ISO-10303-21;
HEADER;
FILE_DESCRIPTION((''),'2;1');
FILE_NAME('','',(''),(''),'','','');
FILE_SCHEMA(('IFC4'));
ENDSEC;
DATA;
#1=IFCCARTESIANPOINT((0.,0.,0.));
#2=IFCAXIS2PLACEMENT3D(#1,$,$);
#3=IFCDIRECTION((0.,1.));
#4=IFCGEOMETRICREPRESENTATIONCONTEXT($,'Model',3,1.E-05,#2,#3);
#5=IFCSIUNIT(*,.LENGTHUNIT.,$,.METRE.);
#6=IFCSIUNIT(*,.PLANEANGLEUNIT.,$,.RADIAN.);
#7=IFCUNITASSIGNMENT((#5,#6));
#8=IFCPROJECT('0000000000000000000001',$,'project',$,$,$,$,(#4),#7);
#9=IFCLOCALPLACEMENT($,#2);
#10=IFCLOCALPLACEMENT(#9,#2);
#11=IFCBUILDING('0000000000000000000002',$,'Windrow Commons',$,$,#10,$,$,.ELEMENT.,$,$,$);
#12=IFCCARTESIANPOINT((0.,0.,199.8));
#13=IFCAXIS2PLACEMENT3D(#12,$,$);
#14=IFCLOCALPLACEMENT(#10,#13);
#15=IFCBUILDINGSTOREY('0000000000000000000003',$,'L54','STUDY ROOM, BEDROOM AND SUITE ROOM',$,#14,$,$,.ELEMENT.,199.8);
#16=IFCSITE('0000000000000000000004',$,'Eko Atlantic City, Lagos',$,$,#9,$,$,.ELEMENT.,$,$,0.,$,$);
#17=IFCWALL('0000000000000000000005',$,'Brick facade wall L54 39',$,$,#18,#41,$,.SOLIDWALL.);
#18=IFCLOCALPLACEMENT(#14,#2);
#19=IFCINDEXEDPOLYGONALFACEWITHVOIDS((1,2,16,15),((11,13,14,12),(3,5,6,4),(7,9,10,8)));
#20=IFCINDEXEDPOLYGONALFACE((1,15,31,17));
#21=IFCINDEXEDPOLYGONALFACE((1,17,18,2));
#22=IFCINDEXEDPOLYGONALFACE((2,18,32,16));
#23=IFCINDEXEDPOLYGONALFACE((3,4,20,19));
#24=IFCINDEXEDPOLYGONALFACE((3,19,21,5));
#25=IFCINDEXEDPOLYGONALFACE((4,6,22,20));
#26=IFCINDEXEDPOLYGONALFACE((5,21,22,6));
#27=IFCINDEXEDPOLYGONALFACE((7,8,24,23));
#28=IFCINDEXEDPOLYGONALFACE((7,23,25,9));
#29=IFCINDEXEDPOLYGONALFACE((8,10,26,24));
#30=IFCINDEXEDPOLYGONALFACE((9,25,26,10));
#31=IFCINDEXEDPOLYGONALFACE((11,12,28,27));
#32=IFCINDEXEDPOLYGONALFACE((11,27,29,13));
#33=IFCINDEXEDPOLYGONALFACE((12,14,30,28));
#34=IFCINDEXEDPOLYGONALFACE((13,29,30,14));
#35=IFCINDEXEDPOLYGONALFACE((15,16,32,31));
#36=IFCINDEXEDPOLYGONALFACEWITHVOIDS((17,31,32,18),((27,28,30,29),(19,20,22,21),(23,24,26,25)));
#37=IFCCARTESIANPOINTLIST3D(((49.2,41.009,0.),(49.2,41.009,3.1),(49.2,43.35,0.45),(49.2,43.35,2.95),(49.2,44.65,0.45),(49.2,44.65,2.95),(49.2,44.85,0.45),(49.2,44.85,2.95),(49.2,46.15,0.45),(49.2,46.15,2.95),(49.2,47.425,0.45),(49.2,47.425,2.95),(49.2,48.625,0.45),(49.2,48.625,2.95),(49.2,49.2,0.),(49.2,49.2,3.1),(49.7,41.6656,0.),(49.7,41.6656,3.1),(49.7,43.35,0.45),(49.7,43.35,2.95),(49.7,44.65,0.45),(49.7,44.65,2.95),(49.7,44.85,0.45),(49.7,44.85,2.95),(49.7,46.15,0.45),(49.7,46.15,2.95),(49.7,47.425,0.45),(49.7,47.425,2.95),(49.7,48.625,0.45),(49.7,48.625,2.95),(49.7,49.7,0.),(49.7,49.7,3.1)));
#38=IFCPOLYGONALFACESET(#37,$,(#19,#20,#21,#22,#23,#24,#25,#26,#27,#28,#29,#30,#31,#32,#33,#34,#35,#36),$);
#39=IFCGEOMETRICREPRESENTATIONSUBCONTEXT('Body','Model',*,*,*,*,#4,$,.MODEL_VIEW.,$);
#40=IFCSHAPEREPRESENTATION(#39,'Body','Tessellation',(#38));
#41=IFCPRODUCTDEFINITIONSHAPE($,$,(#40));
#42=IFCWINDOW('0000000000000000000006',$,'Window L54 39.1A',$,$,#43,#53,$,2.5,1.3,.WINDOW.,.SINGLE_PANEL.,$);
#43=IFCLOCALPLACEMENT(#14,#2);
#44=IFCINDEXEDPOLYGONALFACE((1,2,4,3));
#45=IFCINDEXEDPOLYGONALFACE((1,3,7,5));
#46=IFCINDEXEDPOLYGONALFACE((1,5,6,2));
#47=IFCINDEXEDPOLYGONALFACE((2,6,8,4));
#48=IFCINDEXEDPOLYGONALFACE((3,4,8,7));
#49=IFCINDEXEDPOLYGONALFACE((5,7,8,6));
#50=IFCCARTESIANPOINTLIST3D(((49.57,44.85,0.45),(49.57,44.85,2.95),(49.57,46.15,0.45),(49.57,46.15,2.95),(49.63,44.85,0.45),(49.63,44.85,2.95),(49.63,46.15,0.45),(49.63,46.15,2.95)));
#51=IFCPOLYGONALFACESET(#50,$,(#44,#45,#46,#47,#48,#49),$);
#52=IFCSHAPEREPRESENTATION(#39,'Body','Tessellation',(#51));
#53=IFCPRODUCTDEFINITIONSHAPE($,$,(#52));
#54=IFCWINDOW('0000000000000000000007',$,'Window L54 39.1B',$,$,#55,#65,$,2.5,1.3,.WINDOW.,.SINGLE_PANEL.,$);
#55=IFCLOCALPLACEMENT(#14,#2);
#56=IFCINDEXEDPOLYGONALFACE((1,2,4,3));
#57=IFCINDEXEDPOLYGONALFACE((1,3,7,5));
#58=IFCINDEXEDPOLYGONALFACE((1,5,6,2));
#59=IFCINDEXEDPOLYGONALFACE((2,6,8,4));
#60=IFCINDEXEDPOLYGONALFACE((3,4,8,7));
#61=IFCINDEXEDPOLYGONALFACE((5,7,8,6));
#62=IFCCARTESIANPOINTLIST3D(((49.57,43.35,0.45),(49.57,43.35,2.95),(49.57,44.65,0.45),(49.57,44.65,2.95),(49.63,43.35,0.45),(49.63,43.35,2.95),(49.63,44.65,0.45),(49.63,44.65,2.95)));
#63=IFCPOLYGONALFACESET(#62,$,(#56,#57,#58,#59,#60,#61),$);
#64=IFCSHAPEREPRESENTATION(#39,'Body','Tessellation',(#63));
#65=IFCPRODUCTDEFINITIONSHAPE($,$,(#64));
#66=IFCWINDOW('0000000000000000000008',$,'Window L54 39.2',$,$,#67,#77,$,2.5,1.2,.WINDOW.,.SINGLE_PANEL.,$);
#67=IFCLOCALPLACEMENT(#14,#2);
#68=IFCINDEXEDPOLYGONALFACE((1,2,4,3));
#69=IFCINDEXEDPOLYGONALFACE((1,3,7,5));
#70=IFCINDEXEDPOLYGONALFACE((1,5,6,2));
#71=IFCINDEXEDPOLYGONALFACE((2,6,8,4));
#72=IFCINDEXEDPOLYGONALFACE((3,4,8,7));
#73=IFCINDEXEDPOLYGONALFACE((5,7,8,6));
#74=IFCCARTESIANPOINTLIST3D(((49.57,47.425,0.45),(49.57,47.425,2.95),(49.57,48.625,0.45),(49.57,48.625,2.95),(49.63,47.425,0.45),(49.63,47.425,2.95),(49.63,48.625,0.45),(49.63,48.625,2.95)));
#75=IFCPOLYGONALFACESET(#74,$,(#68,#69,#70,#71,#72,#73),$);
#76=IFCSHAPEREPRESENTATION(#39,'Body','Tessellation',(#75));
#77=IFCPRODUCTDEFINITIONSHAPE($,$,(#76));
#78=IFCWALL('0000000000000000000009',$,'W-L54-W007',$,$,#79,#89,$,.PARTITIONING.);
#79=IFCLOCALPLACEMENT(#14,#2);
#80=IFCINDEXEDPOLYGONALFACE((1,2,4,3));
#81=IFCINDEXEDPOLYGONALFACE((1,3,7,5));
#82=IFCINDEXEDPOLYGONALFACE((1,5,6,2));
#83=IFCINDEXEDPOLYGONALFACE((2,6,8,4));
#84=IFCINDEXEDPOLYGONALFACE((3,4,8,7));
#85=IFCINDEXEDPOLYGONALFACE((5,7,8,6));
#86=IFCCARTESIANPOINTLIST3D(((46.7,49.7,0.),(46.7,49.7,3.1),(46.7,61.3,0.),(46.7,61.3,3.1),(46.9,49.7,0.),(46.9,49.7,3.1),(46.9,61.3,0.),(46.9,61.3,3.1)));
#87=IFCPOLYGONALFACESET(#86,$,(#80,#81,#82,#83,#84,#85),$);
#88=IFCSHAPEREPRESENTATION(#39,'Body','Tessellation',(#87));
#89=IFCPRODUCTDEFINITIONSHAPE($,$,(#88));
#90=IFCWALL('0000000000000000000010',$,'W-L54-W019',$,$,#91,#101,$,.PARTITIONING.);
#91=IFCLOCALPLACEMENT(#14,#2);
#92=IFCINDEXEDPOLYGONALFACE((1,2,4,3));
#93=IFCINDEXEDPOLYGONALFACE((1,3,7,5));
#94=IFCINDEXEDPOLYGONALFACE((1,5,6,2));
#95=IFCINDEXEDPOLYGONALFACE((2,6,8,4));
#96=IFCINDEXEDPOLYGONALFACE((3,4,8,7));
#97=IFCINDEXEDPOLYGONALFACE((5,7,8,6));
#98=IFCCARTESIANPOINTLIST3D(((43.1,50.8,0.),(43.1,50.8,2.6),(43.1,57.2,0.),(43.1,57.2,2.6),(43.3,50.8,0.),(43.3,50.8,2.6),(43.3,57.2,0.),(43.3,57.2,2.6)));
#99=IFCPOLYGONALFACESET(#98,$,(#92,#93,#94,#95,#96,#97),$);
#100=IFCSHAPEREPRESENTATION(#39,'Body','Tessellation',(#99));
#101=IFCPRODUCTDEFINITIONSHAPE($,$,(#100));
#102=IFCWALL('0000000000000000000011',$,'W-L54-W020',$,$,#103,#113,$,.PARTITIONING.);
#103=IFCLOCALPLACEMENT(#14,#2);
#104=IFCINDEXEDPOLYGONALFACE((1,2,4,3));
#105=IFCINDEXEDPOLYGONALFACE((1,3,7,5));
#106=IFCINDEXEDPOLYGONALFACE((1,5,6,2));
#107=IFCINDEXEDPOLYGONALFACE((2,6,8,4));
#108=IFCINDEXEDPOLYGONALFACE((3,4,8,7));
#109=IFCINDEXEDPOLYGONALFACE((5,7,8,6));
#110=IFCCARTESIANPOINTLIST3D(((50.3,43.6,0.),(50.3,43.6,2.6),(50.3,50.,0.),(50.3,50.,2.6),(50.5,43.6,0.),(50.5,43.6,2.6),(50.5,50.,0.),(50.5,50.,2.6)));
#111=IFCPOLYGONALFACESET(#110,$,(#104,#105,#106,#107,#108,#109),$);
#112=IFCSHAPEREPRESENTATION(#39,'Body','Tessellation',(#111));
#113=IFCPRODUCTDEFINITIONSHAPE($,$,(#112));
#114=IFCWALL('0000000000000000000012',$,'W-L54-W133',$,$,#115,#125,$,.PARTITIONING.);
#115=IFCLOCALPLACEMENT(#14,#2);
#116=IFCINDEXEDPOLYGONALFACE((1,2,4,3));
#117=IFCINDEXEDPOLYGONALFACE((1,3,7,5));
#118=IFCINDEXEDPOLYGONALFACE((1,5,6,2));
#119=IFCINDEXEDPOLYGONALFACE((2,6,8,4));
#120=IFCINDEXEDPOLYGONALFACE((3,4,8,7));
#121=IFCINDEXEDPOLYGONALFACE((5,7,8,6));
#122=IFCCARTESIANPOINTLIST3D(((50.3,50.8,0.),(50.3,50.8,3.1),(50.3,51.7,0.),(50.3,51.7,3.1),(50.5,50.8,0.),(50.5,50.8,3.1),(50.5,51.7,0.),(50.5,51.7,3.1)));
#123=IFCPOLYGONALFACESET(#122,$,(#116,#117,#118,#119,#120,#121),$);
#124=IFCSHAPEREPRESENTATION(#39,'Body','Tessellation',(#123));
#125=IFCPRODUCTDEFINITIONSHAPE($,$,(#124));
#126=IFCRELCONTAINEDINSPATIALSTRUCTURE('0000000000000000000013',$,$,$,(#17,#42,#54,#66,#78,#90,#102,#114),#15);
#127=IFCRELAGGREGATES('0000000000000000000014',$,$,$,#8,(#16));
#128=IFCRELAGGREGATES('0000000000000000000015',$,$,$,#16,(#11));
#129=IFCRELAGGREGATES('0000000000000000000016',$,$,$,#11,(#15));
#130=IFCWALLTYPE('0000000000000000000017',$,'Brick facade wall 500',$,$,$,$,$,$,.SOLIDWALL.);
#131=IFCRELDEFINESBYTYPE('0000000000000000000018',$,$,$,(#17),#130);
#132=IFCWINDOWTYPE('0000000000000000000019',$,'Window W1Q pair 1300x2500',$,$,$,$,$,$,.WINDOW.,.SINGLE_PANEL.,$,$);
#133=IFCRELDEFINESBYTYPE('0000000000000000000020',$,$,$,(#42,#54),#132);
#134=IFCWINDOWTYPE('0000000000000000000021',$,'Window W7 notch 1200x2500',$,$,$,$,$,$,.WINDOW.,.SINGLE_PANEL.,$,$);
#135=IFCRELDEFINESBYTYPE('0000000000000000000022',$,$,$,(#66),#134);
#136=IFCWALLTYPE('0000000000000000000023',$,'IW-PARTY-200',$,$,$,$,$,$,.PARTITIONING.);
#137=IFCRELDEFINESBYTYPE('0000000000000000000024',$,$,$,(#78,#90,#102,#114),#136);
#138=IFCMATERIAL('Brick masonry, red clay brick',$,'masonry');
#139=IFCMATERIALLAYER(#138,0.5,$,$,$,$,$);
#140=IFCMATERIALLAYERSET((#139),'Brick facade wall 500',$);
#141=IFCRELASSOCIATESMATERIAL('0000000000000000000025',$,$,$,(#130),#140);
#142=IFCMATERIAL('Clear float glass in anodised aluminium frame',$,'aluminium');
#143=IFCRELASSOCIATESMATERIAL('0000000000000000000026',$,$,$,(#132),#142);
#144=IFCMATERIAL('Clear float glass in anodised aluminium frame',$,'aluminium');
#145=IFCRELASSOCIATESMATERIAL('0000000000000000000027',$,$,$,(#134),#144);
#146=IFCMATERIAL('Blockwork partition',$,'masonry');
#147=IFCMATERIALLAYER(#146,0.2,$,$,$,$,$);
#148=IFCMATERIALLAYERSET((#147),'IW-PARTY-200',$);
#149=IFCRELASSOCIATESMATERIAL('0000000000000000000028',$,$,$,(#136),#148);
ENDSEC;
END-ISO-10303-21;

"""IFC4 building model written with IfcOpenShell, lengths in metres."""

from ifc_helpers import new_model, si_unit, direction, frame, frame_2d, origin, place, context, subcontext, project, spatial, polyline, rectangle, outline, extrude, material, layer, layer_set, type_object, element, fill, save


model = new_model("IFC4")

# Units and contexts
model_context = context("Model", 3, precision=1e-05, world=origin(), true_north=direction((0.0, 1.0)))
body_context = subcontext(model_context, "Body", "Model", "MODEL_VIEW")
ifc_project = project(units=[si_unit("LENGTHUNIT", "METRE"), si_unit("PLANEANGLEUNIT", "RADIAN")], contexts=[model_context])

# Site, building, storey
site_placement = place(None, origin())
site = spatial("IfcSite", under=ifc_project, at=site_placement, Name="Eko Atlantic City, Lagos", CompositionType="ELEMENT", RefElevation=0.0)
building_placement = place(site_placement, origin())
building = spatial("IfcBuilding", under=site, at=building_placement, Name="Windrow Commons", CompositionType="ELEMENT")
storey_placement = place(building_placement, frame((0.0, 0.0, 199.8)))
storey = spatial("IfcBuildingStorey", under=building, at=storey_placement, Name="L54", Description="STUDY ROOM, BEDROOM AND SUITE ROOM", CompositionType="ELEMENT", Elevation=199.8)

# Wall, openings, windows
ifc_material_1 = material(Name="Brick masonry, red clay brick", Category="masonry")
ifc_layer_1 = layer(ifc_material_1, 0.5)
ifc_layer_set_1 = layer_set([ifc_layer_1], Name="Brick facade wall 500")
wall_type_1 = type_object("IfcWallType", Name="Brick facade wall 500", PredefinedType="SOLIDWALL", material=ifc_layer_set_1)
ifc_material_2 = material(Name="Clear float glass in anodised aluminium frame", Category="aluminium")
window_type_1 = type_object("IfcWindowType", Name="Window W1Q pair 1300x2500", PartitioningType="SINGLE_PANEL", PredefinedType="WINDOW", material=ifc_material_2)
ifc_material_3 = material(Name="Clear float glass in anodised aluminium frame", Category="aluminium")
window_type_2 = type_object("IfcWindowType", Name="Window W7 notch 1200x2500", PartitioningType="SINGLE_PANEL", PredefinedType="WINDOW", material=ifc_material_3)
wall_1_placement = place(storey_placement, frame((49.45, 49.45, 0.0), z_axis=(0.0, 0.0, 1.0), x_axis=(0.0, -1.0, 0.0)))
wall_1 = element("IfcWall", 1, at=wall_1_placement, inside=storey, type_object=wall_type_1, Name="Brick facade wall L54 39", PredefinedType="SOLIDWALL", context=body_context, shape_type="SweptSolid", body=[
    extrude(outline(polyline([(0.25, -0.25), (8.441, -0.25), (7.7844, 0.25), (-0.25, 0.25), (0.25, -0.25)])), origin(), (0.0, 0.0, 1.0), 3.1),
])
opening_1_placement = place(wall_1_placement, frame((3.3, 0.0, 0.45)))
opening_1 = element("IfcOpeningElement", 2, at=opening_1_placement, cuts=wall_1, PredefinedType="OPENING", context=body_context, shape_type="SweptSolid", body=[
    extrude(rectangle(XDim=1.3, YDim=2.5, at=frame_2d((0.65, 1.25))), frame((0.0, 0.26, 0.0), z_axis=(0.0, -1.0, 0.0), x_axis=(1.0, 0.0, 0.0)), (0.0, 0.0, 1.0), 0.52),
])
opening_2_placement = place(wall_1_placement, frame((4.8, 0.0, 0.45)))
opening_2 = element("IfcOpeningElement", 3, at=opening_2_placement, cuts=wall_1, PredefinedType="OPENING", context=body_context, shape_type="SweptSolid", body=[
    extrude(rectangle(XDim=1.3, YDim=2.5, at=frame_2d((0.65, 1.25))), frame((0.0, 0.26, 0.0), z_axis=(0.0, -1.0, 0.0), x_axis=(1.0, 0.0, 0.0)), (0.0, 0.0, 1.0), 0.52),
])
opening_3_placement = place(wall_1_placement, frame((0.825, 0.0, 0.45)))
opening_3 = element("IfcOpeningElement", 4, at=opening_3_placement, cuts=wall_1, PredefinedType="OPENING", context=body_context, shape_type="SweptSolid", body=[
    extrude(rectangle(XDim=1.2, YDim=2.5, at=frame_2d((0.6, 1.25))), frame((0.0, 0.26, 0.0), z_axis=(0.0, -1.0, 0.0), x_axis=(1.0, 0.0, 0.0)), (0.0, 0.0, 1.0), 0.52),
])
window_1_placement = place(opening_1_placement, origin())
window_1 = element("IfcWindow", 5, at=window_1_placement, inside=storey, type_object=window_type_1, Name="Window L54 39.1A", OverallHeight=2.5, OverallWidth=1.3, PartitioningType="SINGLE_PANEL", PredefinedType="WINDOW", context=body_context, shape_type="SweptSolid", body=[
    extrude(rectangle(XDim=1.3, YDim=2.5, at=frame_2d((0.65, 1.25))), frame((0.0, 0.18, 0.0), z_axis=(0.0, -1.0, 0.0), x_axis=(1.0, 0.0, 0.0)), (0.0, 0.0, 1.0), 0.06),
])
fill(opening_1, window_1)
window_2_placement = place(opening_2_placement, origin())
window_2 = element("IfcWindow", 6, at=window_2_placement, inside=storey, type_object=window_type_1, Name="Window L54 39.1B", OverallHeight=2.5, OverallWidth=1.3, PartitioningType="SINGLE_PANEL", PredefinedType="WINDOW", context=body_context, shape_type="SweptSolid", body=[
    extrude(rectangle(XDim=1.3, YDim=2.5, at=frame_2d((0.65, 1.25))), frame((0.0, 0.18, 0.0), z_axis=(0.0, -1.0, 0.0), x_axis=(1.0, 0.0, 0.0)), (0.0, 0.0, 1.0), 0.06),
])
fill(opening_2, window_2)
window_3_placement = place(opening_3_placement, origin())
window_3 = element("IfcWindow", 7, at=window_3_placement, inside=storey, type_object=window_type_2, Name="Window L54 39.2", OverallHeight=2.5, OverallWidth=1.2, PartitioningType="SINGLE_PANEL", PredefinedType="WINDOW", context=body_context, shape_type="SweptSolid", body=[
    extrude(rectangle(XDim=1.2, YDim=2.5, at=frame_2d((0.6, 1.25))), frame((0.0, 0.18, 0.0), z_axis=(0.0, -1.0, 0.0), x_axis=(1.0, 0.0, 0.0)), (0.0, 0.0, 1.0), 0.06),
])
fill(opening_3, window_3)

# Walls
ifc_material_4 = material(Name="Blockwork partition", Category="masonry")
ifc_layer_2 = layer(ifc_material_4, 0.2)
ifc_layer_set_2 = layer_set([ifc_layer_2], Name="IW-PARTY-200")
wall_type_2 = type_object("IfcWallType", Name="IW-PARTY-200", PredefinedType="PARTITIONING", material=ifc_layer_set_2)
wall_2_placement = place(storey_placement, frame((46.8, 49.7, 0.0), z_axis=(0.0, 0.0, 1.0), x_axis=(0.0, 1.0, 0.0)))
element("IfcWall", 8, at=wall_2_placement, inside=storey, type_object=wall_type_2, Name="W-L54-W007", PredefinedType="PARTITIONING", context=body_context, shape_type="SweptSolid", body=[
    extrude(rectangle(XDim=11.6, YDim=0.2, at=frame_2d((5.8, 0.0))), origin(), (0.0, 0.0, 1.0), 3.1),
])
for number, where, z_axis, x_axis, name in (
    (9, (43.2, 50.8, 0.0), (0.0, 0.0, 1.0), (0.0, 1.0, 0.0), "W-L54-W019"),
    (10, (50.4, 43.6, 0.0), (0.0, 0.0, 1.0), (0.0, 1.0, 0.0), "W-L54-W020"),
):
    element("IfcWall", number, at=place(storey_placement, frame(where, z_axis=z_axis, x_axis=x_axis)), inside=storey, type_object=wall_type_2, Name=name, PredefinedType="PARTITIONING", context=body_context, shape_type="SweptSolid", body=[
        extrude(rectangle(XDim=6.4, YDim=0.2, at=frame_2d((3.2, 0.0))), origin(), (0.0, 0.0, 1.0), 2.6),
    ])
wall_3_placement = place(storey_placement, frame((50.4, 50.8, 0.0), z_axis=(0.0, 0.0, 1.0), x_axis=(0.0, 1.0, 0.0)))
element("IfcWall", 11, at=wall_3_placement, inside=storey, type_object=wall_type_2, Name="W-L54-W133", PredefinedType="PARTITIONING", context=body_context, shape_type="SweptSolid", body=[
    extrude(rectangle(XDim=0.9, YDim=0.2, at=frame_2d((0.45, 0.0))), origin(), (0.0, 0.0, 1.0), 3.1),
])

save(model, "model.ifc")
